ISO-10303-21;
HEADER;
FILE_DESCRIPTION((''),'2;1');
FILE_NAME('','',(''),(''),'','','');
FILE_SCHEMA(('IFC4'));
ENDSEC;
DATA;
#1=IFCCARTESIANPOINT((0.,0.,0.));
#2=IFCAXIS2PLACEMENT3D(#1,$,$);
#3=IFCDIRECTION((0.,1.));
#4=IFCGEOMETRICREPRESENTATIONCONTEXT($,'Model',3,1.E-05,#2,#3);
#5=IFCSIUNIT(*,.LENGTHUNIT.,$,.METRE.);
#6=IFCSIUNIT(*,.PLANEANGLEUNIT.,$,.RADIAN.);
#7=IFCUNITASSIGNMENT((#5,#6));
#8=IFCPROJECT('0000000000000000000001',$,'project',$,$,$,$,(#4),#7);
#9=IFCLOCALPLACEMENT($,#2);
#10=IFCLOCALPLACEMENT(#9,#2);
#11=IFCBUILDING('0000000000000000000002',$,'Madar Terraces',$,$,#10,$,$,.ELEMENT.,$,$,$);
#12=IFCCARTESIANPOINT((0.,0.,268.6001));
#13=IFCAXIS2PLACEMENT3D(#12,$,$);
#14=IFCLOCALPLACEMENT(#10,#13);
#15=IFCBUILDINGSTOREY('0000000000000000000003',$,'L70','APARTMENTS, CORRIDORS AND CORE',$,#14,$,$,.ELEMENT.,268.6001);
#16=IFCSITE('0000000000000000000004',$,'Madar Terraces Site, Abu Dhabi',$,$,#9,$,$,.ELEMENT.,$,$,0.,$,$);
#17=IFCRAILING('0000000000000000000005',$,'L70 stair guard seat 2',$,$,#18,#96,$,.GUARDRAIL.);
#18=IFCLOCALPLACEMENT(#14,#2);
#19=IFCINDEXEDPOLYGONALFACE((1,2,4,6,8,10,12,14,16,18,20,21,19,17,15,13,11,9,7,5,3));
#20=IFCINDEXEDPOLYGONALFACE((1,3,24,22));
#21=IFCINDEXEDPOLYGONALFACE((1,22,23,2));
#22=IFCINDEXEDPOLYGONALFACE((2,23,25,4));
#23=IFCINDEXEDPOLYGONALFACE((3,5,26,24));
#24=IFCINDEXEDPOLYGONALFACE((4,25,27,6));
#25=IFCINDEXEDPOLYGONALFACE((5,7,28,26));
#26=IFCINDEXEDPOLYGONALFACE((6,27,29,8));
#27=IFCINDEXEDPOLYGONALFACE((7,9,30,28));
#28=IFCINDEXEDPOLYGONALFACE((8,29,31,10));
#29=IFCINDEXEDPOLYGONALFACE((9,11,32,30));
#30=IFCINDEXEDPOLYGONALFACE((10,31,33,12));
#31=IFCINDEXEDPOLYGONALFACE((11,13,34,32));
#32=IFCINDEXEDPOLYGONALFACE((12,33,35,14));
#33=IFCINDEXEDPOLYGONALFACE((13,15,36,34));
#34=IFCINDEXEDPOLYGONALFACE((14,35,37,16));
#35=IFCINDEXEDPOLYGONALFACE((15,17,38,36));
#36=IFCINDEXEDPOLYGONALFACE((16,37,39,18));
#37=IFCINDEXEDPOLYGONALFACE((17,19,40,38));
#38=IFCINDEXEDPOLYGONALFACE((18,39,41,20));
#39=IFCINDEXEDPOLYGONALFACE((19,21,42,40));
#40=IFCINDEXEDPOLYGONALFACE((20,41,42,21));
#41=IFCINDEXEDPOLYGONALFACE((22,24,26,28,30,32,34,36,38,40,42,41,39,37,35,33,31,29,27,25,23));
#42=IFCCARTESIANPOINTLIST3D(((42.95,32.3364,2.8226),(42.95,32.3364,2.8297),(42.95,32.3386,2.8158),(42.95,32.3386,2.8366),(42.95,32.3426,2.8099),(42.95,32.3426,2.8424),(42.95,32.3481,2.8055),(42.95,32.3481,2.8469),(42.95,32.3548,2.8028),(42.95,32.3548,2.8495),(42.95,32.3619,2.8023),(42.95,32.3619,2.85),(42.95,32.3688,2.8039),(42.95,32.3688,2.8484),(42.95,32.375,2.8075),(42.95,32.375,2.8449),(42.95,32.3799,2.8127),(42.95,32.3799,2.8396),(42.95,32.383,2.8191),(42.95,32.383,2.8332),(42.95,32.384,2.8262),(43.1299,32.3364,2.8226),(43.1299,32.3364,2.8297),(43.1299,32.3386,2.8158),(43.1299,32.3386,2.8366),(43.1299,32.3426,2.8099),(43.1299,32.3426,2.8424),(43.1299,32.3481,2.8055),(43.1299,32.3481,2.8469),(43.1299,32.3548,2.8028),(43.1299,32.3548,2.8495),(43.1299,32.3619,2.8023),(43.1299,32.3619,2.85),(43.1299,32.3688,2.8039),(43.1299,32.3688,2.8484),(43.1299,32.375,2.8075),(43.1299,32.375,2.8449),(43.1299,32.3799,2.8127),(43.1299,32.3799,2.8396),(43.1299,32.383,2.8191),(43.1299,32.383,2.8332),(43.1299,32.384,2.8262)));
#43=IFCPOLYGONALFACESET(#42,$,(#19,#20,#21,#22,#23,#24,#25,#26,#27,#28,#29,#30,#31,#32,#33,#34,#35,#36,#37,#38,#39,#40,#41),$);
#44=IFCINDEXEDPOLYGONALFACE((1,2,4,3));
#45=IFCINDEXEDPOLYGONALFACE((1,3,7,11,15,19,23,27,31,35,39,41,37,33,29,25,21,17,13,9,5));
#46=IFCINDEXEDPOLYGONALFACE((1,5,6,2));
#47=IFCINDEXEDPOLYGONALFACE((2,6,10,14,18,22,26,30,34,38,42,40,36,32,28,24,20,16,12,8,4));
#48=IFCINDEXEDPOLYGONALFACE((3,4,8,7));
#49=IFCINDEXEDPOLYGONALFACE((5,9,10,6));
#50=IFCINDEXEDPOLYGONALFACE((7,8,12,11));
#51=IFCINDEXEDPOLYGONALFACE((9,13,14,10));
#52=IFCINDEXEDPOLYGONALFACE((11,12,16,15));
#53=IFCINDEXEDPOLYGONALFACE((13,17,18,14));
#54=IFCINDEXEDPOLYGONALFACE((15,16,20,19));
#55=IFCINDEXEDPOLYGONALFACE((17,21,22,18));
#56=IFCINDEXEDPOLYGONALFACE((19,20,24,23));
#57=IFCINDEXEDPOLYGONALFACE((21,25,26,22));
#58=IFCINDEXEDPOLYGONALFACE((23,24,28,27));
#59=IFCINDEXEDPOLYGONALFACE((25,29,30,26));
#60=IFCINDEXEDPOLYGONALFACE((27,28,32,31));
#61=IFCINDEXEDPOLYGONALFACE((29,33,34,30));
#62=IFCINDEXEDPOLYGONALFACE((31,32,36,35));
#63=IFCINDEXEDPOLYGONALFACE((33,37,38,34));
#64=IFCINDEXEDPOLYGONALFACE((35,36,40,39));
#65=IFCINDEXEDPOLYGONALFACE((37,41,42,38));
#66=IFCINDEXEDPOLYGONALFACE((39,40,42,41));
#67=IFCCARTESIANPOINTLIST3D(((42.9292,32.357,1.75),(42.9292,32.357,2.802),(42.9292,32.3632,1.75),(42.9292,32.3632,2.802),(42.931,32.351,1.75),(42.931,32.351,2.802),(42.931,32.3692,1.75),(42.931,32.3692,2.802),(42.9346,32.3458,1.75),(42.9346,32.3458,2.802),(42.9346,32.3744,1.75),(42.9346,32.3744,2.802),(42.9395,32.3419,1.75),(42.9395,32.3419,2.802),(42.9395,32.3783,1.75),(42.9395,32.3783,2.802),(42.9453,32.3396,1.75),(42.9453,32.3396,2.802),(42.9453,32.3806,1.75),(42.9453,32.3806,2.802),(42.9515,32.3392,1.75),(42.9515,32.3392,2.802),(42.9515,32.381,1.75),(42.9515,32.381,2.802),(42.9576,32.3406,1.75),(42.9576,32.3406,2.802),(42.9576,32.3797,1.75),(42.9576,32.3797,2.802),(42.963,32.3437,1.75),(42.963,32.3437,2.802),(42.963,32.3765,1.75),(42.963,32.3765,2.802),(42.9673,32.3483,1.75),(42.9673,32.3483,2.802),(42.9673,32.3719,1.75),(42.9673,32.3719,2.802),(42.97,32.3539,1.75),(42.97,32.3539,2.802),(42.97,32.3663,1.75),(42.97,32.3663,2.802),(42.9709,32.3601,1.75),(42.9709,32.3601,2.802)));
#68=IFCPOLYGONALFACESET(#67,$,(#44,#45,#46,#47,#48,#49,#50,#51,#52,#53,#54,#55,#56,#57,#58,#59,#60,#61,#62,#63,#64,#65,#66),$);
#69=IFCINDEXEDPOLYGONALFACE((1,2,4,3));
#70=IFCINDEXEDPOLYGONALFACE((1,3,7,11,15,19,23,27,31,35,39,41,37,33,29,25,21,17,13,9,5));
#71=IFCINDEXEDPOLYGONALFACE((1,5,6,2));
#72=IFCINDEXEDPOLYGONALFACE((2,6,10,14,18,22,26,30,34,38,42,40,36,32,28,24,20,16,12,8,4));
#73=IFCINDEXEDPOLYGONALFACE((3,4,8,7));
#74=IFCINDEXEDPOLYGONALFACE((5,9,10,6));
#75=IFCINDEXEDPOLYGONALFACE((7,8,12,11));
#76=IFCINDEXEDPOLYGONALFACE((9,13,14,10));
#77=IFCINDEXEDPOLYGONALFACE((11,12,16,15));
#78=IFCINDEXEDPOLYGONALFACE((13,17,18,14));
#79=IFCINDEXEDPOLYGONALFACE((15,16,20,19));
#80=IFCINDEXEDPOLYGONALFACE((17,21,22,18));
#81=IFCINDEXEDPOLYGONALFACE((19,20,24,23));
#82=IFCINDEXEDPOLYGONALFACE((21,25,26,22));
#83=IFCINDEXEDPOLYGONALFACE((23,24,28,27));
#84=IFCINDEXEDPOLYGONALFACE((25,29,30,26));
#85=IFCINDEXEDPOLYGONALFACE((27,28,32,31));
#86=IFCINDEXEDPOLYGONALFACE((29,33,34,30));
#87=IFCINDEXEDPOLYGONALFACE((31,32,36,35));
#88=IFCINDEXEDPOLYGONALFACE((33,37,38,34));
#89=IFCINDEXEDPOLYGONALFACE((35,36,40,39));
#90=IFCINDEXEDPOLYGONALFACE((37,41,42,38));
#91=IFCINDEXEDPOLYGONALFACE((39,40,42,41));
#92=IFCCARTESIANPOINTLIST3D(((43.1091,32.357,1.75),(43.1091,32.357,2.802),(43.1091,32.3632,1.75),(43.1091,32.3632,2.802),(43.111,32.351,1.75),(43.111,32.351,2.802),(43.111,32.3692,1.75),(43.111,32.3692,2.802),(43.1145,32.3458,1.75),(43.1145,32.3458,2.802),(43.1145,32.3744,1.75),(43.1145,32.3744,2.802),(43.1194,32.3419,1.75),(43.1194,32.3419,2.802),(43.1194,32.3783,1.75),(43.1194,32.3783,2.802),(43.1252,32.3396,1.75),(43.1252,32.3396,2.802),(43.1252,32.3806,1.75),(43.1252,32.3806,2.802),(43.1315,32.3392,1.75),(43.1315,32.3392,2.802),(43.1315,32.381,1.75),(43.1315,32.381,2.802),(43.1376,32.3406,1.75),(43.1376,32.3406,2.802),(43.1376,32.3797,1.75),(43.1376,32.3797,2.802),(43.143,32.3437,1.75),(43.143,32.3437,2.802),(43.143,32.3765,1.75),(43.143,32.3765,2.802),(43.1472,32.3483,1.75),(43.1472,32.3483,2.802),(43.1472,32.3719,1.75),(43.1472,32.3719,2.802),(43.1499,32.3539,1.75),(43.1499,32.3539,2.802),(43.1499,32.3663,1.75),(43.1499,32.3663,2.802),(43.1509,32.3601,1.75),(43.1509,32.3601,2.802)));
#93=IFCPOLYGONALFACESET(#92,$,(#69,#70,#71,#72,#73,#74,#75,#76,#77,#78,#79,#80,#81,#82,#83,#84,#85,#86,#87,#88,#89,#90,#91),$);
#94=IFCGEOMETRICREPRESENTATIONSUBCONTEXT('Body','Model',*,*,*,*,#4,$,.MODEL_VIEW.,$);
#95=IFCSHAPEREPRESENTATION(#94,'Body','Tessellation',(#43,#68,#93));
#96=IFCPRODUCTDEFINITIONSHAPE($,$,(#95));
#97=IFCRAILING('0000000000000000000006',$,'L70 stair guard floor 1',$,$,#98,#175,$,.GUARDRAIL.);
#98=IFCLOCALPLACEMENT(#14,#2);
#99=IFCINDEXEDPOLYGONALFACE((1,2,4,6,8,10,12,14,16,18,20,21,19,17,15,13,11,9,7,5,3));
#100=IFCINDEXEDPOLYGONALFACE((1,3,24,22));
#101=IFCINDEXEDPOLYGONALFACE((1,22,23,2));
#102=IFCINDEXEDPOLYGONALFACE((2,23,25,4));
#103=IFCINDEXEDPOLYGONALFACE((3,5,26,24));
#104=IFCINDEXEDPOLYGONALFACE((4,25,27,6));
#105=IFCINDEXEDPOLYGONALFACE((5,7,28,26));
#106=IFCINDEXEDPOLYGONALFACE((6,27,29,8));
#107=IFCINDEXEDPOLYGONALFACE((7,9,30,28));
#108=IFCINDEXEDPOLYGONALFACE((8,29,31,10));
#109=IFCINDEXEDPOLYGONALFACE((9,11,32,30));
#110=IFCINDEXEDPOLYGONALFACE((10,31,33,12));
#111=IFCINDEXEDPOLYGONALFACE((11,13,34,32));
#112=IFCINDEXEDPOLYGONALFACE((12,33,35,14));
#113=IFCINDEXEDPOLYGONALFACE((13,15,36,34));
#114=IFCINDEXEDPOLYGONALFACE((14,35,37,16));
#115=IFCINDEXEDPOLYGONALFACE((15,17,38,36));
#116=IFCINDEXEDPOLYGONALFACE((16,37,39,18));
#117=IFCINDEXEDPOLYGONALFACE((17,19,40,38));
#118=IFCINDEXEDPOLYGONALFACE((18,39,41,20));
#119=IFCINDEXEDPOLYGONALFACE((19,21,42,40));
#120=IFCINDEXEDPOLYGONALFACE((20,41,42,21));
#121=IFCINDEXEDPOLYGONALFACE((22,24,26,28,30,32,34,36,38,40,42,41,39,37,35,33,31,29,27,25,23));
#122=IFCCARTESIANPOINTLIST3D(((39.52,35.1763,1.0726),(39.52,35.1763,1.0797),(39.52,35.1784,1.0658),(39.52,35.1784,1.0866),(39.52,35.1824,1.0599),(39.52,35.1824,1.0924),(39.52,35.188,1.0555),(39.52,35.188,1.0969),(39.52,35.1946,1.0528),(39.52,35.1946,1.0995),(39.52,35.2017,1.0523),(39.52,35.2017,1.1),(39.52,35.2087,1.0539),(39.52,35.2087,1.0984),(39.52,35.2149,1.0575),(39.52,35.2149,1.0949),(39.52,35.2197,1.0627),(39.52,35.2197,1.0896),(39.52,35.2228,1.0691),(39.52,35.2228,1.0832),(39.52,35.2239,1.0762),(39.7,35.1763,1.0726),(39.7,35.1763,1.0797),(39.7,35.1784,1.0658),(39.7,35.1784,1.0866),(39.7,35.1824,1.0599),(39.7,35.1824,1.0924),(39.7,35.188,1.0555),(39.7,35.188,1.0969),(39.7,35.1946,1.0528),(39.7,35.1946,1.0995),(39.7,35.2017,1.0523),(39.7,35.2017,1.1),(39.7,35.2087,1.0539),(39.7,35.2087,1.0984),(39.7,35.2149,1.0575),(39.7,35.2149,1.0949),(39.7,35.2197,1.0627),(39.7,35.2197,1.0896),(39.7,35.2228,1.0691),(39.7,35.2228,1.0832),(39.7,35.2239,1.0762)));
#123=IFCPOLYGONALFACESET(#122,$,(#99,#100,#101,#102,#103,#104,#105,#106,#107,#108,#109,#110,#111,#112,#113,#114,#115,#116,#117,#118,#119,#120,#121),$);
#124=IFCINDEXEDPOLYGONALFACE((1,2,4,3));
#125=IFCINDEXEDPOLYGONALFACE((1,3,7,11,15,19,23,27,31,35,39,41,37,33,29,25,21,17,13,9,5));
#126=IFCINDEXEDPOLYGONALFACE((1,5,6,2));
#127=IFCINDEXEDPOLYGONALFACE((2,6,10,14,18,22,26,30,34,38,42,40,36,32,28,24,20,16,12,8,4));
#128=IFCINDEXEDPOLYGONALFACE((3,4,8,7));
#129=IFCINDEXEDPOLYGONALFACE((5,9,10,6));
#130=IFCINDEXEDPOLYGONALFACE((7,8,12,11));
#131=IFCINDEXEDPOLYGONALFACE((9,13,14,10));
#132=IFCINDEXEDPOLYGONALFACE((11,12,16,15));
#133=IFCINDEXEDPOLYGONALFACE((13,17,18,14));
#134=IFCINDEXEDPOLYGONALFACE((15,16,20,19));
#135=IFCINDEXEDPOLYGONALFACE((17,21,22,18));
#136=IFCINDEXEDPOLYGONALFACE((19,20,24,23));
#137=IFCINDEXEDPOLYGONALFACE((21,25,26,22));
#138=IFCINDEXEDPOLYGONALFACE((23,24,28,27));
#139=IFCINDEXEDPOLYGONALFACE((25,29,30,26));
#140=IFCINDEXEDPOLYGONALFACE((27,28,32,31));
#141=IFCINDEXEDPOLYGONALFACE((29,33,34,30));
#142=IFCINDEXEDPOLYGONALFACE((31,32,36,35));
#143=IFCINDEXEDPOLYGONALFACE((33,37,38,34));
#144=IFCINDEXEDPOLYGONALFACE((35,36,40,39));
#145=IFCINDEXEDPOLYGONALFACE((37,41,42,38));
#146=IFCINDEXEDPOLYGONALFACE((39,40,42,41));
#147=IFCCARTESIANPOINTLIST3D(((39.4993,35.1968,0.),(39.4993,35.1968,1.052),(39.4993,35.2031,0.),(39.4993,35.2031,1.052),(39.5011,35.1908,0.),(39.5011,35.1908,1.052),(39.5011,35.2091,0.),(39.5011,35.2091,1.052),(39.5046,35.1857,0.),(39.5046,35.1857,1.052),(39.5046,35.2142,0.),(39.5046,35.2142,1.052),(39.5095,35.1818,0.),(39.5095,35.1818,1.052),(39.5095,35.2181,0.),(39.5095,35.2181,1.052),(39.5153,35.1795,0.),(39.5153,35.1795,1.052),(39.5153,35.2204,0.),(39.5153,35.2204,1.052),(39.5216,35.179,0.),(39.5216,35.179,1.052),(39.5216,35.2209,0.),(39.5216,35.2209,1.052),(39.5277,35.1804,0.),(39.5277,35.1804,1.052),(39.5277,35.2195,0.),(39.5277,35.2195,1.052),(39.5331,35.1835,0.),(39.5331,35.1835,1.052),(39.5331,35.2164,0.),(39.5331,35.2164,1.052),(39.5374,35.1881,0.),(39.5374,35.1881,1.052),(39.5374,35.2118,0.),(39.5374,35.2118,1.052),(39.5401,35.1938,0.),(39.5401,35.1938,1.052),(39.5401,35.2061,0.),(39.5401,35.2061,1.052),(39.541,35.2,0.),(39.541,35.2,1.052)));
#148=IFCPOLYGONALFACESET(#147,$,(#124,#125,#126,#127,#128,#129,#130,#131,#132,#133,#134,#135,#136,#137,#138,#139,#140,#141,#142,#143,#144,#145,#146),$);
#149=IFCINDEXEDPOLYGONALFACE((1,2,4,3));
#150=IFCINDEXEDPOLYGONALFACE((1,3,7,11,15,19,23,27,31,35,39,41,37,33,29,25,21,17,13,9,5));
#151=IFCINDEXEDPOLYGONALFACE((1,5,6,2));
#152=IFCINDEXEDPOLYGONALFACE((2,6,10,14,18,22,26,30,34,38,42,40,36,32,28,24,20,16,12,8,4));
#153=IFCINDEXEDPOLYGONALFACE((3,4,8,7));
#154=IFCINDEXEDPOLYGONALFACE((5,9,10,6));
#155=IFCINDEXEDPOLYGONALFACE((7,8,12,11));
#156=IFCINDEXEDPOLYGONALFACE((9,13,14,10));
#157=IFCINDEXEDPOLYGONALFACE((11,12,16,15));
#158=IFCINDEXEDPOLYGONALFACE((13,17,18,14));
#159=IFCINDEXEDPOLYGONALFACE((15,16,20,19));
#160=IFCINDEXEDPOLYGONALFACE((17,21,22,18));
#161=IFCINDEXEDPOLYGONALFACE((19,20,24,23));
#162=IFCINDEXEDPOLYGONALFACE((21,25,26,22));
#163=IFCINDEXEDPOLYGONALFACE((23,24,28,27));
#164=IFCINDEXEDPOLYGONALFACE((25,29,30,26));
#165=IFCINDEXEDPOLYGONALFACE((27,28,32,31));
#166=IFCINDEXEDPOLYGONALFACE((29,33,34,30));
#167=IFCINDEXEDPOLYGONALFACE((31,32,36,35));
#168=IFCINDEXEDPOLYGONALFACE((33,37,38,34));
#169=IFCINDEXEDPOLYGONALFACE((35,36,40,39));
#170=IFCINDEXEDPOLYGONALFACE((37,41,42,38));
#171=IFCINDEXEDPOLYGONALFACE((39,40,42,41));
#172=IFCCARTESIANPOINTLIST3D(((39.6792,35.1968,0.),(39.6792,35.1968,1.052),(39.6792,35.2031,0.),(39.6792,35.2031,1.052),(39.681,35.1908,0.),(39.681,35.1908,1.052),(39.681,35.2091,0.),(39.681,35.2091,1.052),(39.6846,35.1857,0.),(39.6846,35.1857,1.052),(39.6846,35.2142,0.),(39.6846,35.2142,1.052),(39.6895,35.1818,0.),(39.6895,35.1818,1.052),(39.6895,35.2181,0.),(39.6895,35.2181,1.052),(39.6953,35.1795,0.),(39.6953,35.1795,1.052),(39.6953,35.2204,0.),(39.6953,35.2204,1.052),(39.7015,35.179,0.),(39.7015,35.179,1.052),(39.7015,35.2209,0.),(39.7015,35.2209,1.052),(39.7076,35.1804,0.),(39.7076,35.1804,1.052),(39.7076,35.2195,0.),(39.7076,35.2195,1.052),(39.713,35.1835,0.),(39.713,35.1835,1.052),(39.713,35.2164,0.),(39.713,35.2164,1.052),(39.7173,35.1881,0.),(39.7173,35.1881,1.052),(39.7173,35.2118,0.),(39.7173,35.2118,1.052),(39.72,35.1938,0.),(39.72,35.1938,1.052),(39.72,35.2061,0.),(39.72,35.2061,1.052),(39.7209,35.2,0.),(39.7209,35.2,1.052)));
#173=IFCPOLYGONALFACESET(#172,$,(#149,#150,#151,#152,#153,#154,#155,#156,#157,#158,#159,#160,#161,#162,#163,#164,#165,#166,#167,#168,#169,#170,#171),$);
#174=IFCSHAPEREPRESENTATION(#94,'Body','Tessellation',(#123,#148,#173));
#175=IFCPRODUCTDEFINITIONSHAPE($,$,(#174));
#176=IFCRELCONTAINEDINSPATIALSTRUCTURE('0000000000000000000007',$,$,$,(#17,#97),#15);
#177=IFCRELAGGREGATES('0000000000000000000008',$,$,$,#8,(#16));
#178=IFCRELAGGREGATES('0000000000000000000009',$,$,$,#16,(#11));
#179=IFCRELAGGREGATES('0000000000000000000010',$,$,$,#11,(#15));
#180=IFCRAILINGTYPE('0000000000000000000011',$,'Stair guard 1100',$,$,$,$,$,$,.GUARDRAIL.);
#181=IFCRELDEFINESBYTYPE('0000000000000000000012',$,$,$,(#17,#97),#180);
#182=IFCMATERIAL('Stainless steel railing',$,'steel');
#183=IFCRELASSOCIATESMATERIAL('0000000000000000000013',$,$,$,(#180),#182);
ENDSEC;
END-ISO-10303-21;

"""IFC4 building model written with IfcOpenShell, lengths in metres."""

from ifc_helpers import new_model, si_unit, direction, frame, origin, origin_2d, place, context, subcontext, project, spatial, circle, extrude, material, type_object, element, save


model = new_model("IFC4")

# Units and contexts
model_context = context("Model", 3, precision=1e-05, world=origin(), true_north=direction((0.0, 1.0)))
body_context = subcontext(model_context, "Body", "Model", "MODEL_VIEW")
ifc_project = project(units=[si_unit("LENGTHUNIT", "METRE"), si_unit("PLANEANGLEUNIT", "RADIAN")], contexts=[model_context])

# Site, building, storey
site_placement = place(None, origin())
site = spatial("IfcSite", under=ifc_project, at=site_placement, Name="Madar Terraces Site, Abu Dhabi", CompositionType="ELEMENT", RefElevation=0.0)
building_placement = place(site_placement, origin())
building = spatial("IfcBuilding", under=site, at=building_placement, Name="Madar Terraces", CompositionType="ELEMENT")
storey_placement = place(building_placement, frame((0.0, 0.0, 268.6001)))
storey = spatial("IfcBuildingStorey", under=building, at=storey_placement, Name="L70", Description="APARTMENTS, CORRIDORS AND CORE", CompositionType="ELEMENT", Elevation=268.6001)

# Railings
ifc_material_1 = material(Name="Stainless steel railing", Category="steel")
railing_type_1 = type_object("IfcRailingType", Name="Stair guard 1100", PredefinedType="GUARDRAIL", material=ifc_material_1)
for number, where, name in (
    (1, (42.95, 32.3601, 1.75), "L70 stair guard seat 2"),
    (2, (39.52, 35.2, 0.0), "L70 stair guard floor 1"),
):
    element("IfcRailing", number, at=place(storey_placement, frame(where)), inside=storey, type_object=railing_type_1, Name=name, PredefinedType="GUARDRAIL", context=body_context, shape_type="SweptSolid", body=[
        extrude(circle(Radius=0.0239, at=origin_2d()), frame((0.0, 0.0, 1.0762), z_axis=(1.0, 0.0, 0.0), x_axis=(0.0, 1.0, 0.0)), (0.0, 0.0, 1.0), 0.1799),
        extrude(circle(Radius=0.021, at=origin_2d()), origin(), (0.0, 0.0, 1.0), 1.052),
        extrude(circle(Radius=0.021, at=origin_2d()), frame((0.1799, 0.0, 0.0)), (0.0, 0.0, 1.0), 1.052),
    ])

save(model, "model.ifc")
